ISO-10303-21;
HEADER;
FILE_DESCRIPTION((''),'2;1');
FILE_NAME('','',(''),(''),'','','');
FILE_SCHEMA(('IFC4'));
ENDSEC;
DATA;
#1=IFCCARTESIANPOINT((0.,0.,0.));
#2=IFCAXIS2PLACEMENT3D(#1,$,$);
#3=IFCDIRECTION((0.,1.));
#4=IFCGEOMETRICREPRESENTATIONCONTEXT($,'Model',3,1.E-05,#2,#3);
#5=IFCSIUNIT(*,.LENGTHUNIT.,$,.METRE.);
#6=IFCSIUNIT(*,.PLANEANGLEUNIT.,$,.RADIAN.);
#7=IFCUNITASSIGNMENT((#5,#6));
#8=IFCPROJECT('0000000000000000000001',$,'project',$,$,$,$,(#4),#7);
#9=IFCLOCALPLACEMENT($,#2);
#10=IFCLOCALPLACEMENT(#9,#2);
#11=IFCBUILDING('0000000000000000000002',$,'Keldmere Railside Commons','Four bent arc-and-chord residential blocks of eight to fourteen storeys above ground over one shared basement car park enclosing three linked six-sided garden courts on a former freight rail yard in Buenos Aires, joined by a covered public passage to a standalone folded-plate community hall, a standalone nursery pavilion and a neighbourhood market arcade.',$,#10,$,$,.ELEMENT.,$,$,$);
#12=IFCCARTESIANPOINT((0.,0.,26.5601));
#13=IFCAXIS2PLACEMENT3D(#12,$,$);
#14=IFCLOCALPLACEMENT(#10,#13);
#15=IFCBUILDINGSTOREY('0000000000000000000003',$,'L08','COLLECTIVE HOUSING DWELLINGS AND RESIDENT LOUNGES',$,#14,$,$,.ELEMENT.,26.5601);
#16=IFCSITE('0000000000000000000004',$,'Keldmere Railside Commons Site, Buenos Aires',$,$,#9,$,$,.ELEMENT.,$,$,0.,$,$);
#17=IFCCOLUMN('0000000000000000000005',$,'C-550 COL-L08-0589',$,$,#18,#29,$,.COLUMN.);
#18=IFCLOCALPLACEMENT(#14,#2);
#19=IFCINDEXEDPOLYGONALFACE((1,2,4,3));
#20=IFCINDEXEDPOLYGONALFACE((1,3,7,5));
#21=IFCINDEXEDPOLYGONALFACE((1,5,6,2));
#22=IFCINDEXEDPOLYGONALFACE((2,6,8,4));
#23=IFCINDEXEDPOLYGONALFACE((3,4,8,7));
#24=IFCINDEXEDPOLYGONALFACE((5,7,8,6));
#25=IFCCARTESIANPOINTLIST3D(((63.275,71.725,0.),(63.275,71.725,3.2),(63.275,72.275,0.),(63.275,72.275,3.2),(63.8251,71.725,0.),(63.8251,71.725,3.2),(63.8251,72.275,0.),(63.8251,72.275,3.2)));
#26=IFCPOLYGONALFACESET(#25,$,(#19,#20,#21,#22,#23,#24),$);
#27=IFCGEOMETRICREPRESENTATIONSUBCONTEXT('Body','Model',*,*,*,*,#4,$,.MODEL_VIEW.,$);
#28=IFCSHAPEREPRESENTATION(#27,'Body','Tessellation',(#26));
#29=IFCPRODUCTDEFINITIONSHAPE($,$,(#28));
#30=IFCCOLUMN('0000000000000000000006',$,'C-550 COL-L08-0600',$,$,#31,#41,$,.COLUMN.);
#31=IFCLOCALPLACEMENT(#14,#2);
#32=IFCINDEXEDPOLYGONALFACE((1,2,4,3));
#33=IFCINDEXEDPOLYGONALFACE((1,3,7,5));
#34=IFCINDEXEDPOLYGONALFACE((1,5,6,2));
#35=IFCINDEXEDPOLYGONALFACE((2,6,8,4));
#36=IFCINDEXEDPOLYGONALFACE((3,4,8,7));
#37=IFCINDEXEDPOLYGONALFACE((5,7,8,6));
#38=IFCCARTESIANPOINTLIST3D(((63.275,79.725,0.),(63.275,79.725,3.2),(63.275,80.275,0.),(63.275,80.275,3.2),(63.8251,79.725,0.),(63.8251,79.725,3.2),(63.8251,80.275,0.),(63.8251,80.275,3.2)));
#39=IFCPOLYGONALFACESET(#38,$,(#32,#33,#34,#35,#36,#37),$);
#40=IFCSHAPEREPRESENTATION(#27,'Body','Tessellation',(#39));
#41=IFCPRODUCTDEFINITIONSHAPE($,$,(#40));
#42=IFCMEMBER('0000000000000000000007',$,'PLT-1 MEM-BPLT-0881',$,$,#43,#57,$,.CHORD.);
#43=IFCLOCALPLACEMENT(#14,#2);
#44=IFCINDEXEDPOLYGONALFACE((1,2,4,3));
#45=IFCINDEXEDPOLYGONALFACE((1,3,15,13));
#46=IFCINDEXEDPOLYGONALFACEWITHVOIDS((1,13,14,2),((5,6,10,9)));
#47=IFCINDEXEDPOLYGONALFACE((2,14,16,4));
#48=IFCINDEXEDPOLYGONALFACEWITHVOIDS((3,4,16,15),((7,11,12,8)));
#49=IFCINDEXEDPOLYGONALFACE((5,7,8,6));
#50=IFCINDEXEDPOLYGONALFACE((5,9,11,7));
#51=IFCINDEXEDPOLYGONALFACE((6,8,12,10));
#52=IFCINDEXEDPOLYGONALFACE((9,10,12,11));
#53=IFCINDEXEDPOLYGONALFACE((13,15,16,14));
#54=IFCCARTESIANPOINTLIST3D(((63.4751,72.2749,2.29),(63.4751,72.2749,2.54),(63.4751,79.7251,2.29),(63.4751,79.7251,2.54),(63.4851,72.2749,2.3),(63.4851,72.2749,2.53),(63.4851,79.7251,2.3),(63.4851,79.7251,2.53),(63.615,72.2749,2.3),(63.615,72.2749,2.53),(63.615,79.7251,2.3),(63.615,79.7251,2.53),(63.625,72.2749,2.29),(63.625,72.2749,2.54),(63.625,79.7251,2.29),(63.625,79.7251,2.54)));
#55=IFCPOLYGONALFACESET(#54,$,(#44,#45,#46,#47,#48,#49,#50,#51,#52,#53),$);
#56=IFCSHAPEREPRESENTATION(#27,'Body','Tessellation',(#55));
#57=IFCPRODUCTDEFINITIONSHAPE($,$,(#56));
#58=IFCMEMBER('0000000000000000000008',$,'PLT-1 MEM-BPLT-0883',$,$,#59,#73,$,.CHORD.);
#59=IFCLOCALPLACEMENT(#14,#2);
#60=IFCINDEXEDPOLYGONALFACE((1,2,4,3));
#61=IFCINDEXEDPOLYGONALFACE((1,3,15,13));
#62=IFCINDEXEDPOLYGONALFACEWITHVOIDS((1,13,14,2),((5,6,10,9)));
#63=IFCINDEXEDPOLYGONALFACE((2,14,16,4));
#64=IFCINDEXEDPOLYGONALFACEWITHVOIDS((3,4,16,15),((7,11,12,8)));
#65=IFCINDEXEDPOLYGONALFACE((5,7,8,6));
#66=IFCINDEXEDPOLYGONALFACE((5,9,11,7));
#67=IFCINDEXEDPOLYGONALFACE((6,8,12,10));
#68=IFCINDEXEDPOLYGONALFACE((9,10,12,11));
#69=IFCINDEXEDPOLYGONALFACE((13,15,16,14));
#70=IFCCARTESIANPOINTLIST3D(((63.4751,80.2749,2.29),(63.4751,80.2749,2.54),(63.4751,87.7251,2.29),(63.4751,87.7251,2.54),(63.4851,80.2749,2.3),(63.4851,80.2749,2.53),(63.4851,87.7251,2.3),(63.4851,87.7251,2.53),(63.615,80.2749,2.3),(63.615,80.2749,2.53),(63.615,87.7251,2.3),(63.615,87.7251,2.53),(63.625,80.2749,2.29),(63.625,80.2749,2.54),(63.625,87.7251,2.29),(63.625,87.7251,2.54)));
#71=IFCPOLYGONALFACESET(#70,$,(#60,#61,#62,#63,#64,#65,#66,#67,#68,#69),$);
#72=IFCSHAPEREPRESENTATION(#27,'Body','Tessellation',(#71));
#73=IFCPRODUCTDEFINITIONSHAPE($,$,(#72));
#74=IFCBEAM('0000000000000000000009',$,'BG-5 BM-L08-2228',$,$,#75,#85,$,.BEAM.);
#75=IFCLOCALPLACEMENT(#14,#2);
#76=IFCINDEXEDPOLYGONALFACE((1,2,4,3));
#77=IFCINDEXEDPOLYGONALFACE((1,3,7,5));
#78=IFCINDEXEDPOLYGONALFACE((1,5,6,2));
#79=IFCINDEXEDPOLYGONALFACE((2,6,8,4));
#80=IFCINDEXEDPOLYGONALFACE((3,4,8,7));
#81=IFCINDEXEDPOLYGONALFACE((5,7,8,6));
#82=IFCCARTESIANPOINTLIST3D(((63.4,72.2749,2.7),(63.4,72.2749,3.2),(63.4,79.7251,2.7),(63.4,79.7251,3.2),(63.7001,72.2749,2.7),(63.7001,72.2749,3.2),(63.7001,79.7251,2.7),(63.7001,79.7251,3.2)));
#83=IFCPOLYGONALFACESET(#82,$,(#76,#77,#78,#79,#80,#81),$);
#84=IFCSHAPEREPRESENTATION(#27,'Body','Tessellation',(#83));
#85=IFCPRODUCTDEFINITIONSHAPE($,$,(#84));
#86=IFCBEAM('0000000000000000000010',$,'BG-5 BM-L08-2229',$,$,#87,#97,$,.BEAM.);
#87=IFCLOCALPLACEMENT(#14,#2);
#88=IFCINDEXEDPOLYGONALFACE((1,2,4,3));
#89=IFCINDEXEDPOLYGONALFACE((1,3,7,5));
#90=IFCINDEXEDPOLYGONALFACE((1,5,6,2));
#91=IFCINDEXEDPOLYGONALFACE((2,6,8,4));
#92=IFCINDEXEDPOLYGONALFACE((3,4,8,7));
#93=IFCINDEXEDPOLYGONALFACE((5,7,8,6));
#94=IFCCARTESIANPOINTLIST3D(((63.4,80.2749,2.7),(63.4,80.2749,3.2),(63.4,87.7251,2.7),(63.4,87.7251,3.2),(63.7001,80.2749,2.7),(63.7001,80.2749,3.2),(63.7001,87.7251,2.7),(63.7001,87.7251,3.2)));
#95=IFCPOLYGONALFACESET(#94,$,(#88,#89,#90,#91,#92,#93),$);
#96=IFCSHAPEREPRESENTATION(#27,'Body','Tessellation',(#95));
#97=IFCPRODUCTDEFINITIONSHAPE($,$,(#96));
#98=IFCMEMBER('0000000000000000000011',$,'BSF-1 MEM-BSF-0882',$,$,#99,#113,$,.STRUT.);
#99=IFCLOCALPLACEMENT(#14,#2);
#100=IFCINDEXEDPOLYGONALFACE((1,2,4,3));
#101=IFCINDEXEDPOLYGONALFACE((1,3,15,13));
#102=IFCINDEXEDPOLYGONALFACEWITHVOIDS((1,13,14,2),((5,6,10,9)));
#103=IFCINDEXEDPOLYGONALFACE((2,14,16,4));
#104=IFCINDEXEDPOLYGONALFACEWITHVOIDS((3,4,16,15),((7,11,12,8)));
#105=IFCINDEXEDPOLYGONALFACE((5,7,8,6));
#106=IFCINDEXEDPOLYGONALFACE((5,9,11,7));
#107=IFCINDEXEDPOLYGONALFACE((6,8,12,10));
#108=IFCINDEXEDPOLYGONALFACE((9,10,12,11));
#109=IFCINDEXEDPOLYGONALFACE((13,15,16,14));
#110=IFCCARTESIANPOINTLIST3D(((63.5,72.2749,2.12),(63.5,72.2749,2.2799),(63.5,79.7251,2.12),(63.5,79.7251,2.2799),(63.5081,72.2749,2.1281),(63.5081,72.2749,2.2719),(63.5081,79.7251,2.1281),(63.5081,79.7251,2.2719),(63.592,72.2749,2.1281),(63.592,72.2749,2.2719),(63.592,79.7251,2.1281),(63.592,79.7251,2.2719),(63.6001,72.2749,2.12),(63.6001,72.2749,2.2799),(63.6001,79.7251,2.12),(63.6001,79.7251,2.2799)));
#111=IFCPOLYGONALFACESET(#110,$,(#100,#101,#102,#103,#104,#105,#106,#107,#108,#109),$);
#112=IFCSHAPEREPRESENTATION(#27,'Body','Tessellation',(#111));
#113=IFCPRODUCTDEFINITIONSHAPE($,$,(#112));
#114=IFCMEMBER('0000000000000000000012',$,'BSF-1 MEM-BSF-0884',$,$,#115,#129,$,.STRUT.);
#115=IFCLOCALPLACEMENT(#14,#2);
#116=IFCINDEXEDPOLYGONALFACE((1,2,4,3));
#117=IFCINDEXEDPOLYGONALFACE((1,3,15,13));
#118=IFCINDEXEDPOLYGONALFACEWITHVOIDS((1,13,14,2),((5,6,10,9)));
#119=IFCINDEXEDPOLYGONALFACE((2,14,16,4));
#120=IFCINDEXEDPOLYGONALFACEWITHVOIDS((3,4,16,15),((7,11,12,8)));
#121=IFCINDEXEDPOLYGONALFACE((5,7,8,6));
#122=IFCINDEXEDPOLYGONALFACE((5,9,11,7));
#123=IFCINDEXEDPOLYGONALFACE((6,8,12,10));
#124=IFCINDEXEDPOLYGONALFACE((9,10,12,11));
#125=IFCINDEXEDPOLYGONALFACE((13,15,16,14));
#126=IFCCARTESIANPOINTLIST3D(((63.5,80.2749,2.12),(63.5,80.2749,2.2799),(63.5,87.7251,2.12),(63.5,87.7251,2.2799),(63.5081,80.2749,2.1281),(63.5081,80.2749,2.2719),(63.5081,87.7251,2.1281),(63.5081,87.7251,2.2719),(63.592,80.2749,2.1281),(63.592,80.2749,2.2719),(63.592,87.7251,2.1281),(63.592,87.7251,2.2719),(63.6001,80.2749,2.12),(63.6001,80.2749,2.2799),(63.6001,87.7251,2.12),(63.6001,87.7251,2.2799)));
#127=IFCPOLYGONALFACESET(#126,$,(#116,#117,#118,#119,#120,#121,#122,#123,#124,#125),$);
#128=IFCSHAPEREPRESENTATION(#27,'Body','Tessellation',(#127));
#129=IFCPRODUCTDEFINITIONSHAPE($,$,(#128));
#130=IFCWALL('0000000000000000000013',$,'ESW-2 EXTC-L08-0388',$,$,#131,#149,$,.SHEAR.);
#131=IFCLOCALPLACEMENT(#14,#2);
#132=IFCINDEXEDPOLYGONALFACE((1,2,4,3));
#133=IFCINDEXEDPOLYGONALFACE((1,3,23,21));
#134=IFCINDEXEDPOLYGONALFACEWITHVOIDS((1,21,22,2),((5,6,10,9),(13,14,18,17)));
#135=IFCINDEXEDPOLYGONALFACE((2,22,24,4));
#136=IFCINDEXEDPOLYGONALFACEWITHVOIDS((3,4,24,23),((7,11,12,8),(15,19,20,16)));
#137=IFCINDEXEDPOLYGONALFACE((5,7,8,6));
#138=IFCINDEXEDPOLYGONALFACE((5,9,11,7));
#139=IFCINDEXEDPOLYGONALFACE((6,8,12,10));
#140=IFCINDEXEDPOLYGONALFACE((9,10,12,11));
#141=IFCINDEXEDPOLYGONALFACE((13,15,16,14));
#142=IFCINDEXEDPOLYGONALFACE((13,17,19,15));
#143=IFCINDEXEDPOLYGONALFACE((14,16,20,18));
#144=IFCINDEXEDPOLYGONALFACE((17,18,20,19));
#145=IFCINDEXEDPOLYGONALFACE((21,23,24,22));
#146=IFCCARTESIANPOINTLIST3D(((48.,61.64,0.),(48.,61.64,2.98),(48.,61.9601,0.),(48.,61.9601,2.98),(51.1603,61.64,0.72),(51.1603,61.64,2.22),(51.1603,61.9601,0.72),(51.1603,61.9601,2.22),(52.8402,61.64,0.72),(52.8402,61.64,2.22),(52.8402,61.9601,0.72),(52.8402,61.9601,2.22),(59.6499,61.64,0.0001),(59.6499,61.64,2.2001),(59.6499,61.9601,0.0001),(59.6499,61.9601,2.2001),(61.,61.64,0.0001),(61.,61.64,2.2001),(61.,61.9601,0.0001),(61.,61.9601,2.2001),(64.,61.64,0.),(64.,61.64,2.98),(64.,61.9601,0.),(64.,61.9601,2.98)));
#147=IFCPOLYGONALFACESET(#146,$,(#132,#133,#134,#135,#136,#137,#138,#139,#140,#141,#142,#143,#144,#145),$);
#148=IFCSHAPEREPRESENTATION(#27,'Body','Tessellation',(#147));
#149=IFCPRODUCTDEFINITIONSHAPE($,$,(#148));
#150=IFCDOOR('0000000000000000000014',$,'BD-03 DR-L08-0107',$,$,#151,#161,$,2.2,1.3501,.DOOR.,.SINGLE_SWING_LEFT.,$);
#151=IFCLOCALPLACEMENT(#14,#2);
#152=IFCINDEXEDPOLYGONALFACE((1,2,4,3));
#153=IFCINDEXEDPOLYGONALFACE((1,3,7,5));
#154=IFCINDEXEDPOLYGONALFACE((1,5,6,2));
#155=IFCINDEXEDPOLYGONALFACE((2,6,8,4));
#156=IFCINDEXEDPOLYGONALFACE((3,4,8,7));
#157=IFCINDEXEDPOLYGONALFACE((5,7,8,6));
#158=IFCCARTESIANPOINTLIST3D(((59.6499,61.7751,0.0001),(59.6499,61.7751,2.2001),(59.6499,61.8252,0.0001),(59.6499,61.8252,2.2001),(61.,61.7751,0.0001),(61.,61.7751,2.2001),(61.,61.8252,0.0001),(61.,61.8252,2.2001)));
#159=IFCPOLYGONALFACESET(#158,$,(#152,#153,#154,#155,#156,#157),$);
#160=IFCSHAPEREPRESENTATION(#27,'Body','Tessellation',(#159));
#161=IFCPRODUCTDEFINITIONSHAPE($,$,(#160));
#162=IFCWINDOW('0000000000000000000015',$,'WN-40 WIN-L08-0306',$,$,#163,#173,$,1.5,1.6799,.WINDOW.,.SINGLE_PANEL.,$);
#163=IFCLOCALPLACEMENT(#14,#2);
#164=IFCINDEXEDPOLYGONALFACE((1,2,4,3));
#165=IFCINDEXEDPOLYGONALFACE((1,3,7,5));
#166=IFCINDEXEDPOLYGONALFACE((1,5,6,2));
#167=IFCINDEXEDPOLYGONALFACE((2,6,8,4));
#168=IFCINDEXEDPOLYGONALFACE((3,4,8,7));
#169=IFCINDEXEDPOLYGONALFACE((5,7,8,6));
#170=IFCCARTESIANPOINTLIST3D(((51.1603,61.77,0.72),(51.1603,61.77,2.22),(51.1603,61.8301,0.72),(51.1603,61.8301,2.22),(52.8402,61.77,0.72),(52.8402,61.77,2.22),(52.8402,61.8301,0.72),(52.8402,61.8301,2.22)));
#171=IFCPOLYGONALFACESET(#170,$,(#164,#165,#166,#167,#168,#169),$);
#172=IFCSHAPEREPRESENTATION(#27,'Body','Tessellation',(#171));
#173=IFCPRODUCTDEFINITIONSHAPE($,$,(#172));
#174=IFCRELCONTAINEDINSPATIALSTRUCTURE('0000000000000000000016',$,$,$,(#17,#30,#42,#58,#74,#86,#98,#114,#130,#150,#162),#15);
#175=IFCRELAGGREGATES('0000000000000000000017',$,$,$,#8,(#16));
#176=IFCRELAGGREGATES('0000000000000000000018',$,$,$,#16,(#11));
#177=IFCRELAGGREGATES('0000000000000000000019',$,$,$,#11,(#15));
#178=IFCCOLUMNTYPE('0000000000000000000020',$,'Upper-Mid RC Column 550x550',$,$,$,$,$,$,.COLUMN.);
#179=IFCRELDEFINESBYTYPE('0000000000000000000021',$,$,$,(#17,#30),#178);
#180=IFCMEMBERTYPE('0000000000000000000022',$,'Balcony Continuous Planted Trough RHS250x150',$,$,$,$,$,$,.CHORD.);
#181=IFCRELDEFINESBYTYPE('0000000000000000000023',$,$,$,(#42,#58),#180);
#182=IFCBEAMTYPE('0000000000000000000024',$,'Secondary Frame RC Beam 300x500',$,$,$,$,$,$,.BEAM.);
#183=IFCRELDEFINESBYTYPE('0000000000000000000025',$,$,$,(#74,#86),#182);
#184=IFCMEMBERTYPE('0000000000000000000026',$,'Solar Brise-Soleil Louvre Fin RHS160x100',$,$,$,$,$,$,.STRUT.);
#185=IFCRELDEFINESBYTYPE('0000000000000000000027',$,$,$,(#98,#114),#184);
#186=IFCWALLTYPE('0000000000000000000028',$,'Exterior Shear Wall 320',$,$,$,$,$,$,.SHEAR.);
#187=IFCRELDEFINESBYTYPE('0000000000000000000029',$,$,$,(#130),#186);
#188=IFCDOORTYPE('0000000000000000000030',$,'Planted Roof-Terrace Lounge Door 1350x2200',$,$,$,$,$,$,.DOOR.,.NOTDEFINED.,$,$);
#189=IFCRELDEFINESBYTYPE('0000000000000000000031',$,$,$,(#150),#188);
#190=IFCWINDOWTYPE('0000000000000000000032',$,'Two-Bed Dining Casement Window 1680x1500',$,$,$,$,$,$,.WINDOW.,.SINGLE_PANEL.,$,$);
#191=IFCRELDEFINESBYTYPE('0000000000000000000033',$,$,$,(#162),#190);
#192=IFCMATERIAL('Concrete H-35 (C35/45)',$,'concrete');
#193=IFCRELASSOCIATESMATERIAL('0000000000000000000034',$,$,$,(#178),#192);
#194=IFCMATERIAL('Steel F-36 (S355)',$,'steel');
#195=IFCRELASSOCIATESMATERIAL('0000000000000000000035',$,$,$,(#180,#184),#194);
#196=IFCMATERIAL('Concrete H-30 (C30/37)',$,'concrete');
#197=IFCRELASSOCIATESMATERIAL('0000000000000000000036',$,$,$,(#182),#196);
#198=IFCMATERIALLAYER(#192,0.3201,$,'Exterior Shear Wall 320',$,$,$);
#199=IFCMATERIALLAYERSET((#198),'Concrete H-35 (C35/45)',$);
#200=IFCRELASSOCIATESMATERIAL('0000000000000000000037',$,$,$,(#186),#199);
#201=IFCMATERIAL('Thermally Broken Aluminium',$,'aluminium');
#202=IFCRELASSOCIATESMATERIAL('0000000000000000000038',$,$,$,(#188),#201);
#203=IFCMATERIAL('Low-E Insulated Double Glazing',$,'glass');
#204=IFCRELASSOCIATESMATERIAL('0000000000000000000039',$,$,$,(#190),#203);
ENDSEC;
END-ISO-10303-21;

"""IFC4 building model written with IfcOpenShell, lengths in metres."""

from ifc_helpers import new_model, si_unit, direction, frame, frame_2d, origin, origin_2d, place, context, subcontext, project, spatial, rectangle, hollow_rectangle, extrude, material, layer, layer_set, material_profile, profile_set, type_object, element, fill, save


model = new_model("IFC4")

# Units and contexts
model_context = context("Model", 3, precision=1e-05, world=origin(), true_north=direction((0.0, 1.0)))
body_context = subcontext(model_context, "Body", "Model", "MODEL_VIEW")
ifc_project = project(units=[si_unit("LENGTHUNIT", "METRE"), si_unit("PLANEANGLEUNIT", "RADIAN")], contexts=[model_context])

# Site, building, storey
site_placement = place(None, origin())
site = spatial("IfcSite", under=ifc_project, at=site_placement, Name="Keldmere Railside Commons Site, Buenos Aires", CompositionType="ELEMENT", RefElevation=0.0)
building_placement = place(site_placement, origin())
building = spatial("IfcBuilding", under=site, at=building_placement, Name="Keldmere Railside Commons", Description="Four bent arc-and-chord residential blocks of eight to fourteen storeys above ground over one shared basement car park enclosing three linked six-sided garden courts on a former freight rail yard in Buenos Aires, joined by a covered public passage to a standalone folded-plate community hall, a standalone nursery pavilion and a neighbourhood market arcade.", CompositionType="ELEMENT")
storey_placement = place(building_placement, frame((0.0, 0.0, 26.5601)))
storey = spatial("IfcBuildingStorey", under=building, at=storey_placement, Name="L08", Description="COLLECTIVE HOUSING DWELLINGS AND RESIDENT LOUNGES", CompositionType="ELEMENT", Elevation=26.5601)

# Columns
ifc_material_1 = material(Name="Concrete H-35 (C35/45)", Category="concrete")
ifc_material_profile_1 = material_profile(ifc_material_1, rectangle(XDim=0.55, YDim=0.55, at=origin_2d()), Name="RC-550x550")
ifc_profile_set_1 = profile_set([ifc_material_profile_1], Name="Concrete H-35 (C35/45)")
column_type = type_object("IfcColumnType", Name="Upper-Mid RC Column 550x550", PredefinedType="COLUMN", material=ifc_profile_set_1)
for number, where, z_axis, x_axis, name in (
    (1, (63.55, 72.0, 0.0), (0.0, 0.0, 1.0), (1.0, 0.0, 0.0), "C-550 COL-L08-0589"),
    (2, (63.55, 80.0, 0.0), (0.0, 0.0, 1.0), (1.0, 0.0, 0.0), "C-550 COL-L08-0600"),
):
    element("IfcColumn", number, at=place(storey_placement, frame(where, z_axis=z_axis, x_axis=x_axis)), inside=storey, type_object=column_type, Name=name, PredefinedType="COLUMN", context=body_context, shape_type="SweptSolid", body=[
        extrude(rectangle(XDim=0.55, YDim=0.55, at=origin_2d()), origin(), (0.0, 0.0, 1.0), 3.2),
    ])

# Members
ifc_material_2 = material(Name="Steel F-36 (S355)", Category="steel")
ifc_material_profile_2 = material_profile(ifc_material_2, hollow_rectangle(XDim=0.1499, YDim=0.25, WallThickness=0.01, at=origin_2d()), Name="RHS-250x150x10")
ifc_profile_set_2 = profile_set([ifc_material_profile_2], Name="Steel F-36 (S355)")
member_type_1 = type_object("IfcMemberType", Name="Balcony Continuous Planted Trough RHS250x150", PredefinedType="CHORD", material=ifc_profile_set_2)
for number, where, z_axis, x_axis, name in (
    (3, (63.55, 72.2749, 2.415), (0.0, 1.0, 0.0), (-1.0, 0.0, 0.0), "PLT-1 MEM-BPLT-0881"),
    (4, (63.55, 80.2749, 2.415), (0.0, 1.0, 0.0), (-1.0, 0.0, 0.0), "PLT-1 MEM-BPLT-0883"),
):
    element("IfcMember", number, at=place(storey_placement, frame(where, z_axis=z_axis, x_axis=x_axis)), inside=storey, type_object=member_type_1, Name=name, PredefinedType="CHORD", context=body_context, shape_type="SweptSolid", body=[
        extrude(hollow_rectangle(XDim=0.1499, YDim=0.25, WallThickness=0.01, at=origin_2d()), origin(), (0.0, 0.0, 1.0), 7.4502),
    ])

# Beams
ifc_material_3 = material(Name="Concrete H-30 (C30/37)", Category="concrete")
ifc_material_profile_3 = material_profile(ifc_material_3, rectangle(XDim=0.3, YDim=0.5, at=origin_2d()), Name="RC-300x500")
ifc_profile_set_3 = profile_set([ifc_material_profile_3], Name="Concrete H-30 (C30/37)")
beam_type = type_object("IfcBeamType", Name="Secondary Frame RC Beam 300x500", PredefinedType="BEAM", material=ifc_profile_set_3)
for number, where, z_axis, x_axis, name in (
    (5, (63.55, 72.2749, 2.95), (0.0, 1.0, 0.0), (-1.0, 0.0, 0.0), "BG-5 BM-L08-2228"),
    (6, (63.55, 80.2749, 2.95), (0.0, 1.0, 0.0), (-1.0, 0.0, 0.0), "BG-5 BM-L08-2229"),
):
    element("IfcBeam", number, at=place(storey_placement, frame(where, z_axis=z_axis, x_axis=x_axis)), inside=storey, type_object=beam_type, Name=name, PredefinedType="BEAM", context=body_context, shape_type="SweptSolid", body=[
        extrude(rectangle(XDim=0.3, YDim=0.5, at=origin_2d()), origin(), (0.0, 0.0, 1.0), 7.4502),
    ])

# Members
ifc_material_profile_4 = material_profile(ifc_material_2, hollow_rectangle(XDim=0.1001, YDim=0.1599, WallThickness=0.0081, at=origin_2d()), Name="RHS-160x100x8")
ifc_profile_set_4 = profile_set([ifc_material_profile_4], Name="Steel F-36 (S355)")
member_type_2 = type_object("IfcMemberType", Name="Solar Brise-Soleil Louvre Fin RHS160x100", PredefinedType="STRUT", material=ifc_profile_set_4)
for number, where, z_axis, x_axis, name in (
    (7, (63.55, 72.2749, 2.2), (0.0, 1.0, 0.0), (-1.0, 0.0, 0.0), "BSF-1 MEM-BSF-0882"),
    (8, (63.55, 80.2749, 2.2), (0.0, 1.0, 0.0), (-1.0, 0.0, 0.0), "BSF-1 MEM-BSF-0884"),
):
    element("IfcMember", number, at=place(storey_placement, frame(where, z_axis=z_axis, x_axis=x_axis)), inside=storey, type_object=member_type_2, Name=name, PredefinedType="STRUT", context=body_context, shape_type="SweptSolid", body=[
        extrude(hollow_rectangle(XDim=0.1001, YDim=0.1599, WallThickness=0.0081, at=origin_2d()), origin(), (0.0, 0.0, 1.0), 7.4502),
    ])

# Wall, openings, door, window
ifc_layer = layer(ifc_material_1, 0.3201, Name="Exterior Shear Wall 320")
ifc_layer_set = layer_set([ifc_layer], Name="Concrete H-35 (C35/45)")
wall_type = type_object("IfcWallType", Name="Exterior Shear Wall 320", PredefinedType="SHEAR", material=ifc_layer_set)
wall_placement = place(storey_placement, frame((64.0, 61.8, 0.0), z_axis=(0.0, 0.0, 1.0), x_axis=(-1.0, 0.0, 0.0)))
wall = element("IfcWall", 9, at=wall_placement, inside=storey, type_object=wall_type, Name="ESW-2 EXTC-L08-0388", PredefinedType="SHEAR", context=body_context, shape_type="SweptSolid", body=[
    extrude(rectangle(XDim=16.0, YDim=0.3201, at=frame_2d((8.0, 0.0))), origin(), (0.0, 0.0, 1.0), 2.98),
])
opening_1_placement = place(wall_placement, frame((3.0, 0.0, 0.0)))
opening_1 = element("IfcOpeningElement", 10, at=opening_1_placement, cuts=wall, PredefinedType="OPENING", context=body_context, shape_type="SweptSolid", body=[
    extrude(rectangle(XDim=1.3501, YDim=2.2, at=frame_2d((0.675, 1.1001))), frame((0.0, 0.1699, 0.0), z_axis=(0.0, -1.0, 0.0), x_axis=(1.0, 0.0, 0.0)), (0.0, 0.0, 1.0), 0.3401),
])
opening_2_placement = place(wall_placement, frame((11.1599, 0.0, 0.72)))
opening_2 = element("IfcOpeningElement", 11, at=opening_2_placement, cuts=wall, PredefinedType="OPENING", context=body_context, shape_type="SweptSolid", body=[
    extrude(rectangle(XDim=1.6799, YDim=1.5, at=frame_2d((0.8398, 0.75))), frame((0.0, 0.1699, 0.0), z_axis=(0.0, -1.0, 0.0), x_axis=(1.0, 0.0, 0.0)), (0.0, 0.0, 1.0), 0.3401),
])
ifc_material_4 = material(Name="Thermally Broken Aluminium", Category="aluminium")
door_type = type_object("IfcDoorType", Name="Planted Roof-Terrace Lounge Door 1350x2200", OperationType="NOTDEFINED", PredefinedType="DOOR", material=ifc_material_4)
door_placement = place(opening_1_placement, origin())
door = element("IfcDoor", 12, at=door_placement, inside=storey, type_object=door_type, Name="BD-03 DR-L08-0107", OperationType="SINGLE_SWING_LEFT", OverallHeight=2.2, OverallWidth=1.3501, PredefinedType="DOOR", context=body_context, shape_type="SweptSolid", body=[
    extrude(rectangle(XDim=1.3501, YDim=2.2, at=frame_2d((0.675, 1.1001))), frame((0.0, 0.0249, 0.0), z_axis=(0.0, -1.0, 0.0), x_axis=(1.0, 0.0, 0.0)), (0.0, 0.0, 1.0), 0.05),
])
fill(opening_1, door)
ifc_material_5 = material(Name="Low-E Insulated Double Glazing", Category="glass")
window_type = type_object("IfcWindowType", Name="Two-Bed Dining Casement Window 1680x1500", PartitioningType="SINGLE_PANEL", PredefinedType="WINDOW", material=ifc_material_5)
window_placement = place(opening_2_placement, origin())
window = element("IfcWindow", 13, at=window_placement, inside=storey, type_object=window_type, Name="WN-40 WIN-L08-0306", OverallHeight=1.5, OverallWidth=1.6799, PartitioningType="SINGLE_PANEL", PredefinedType="WINDOW", context=body_context, shape_type="SweptSolid", body=[
    extrude(rectangle(XDim=1.6799, YDim=1.5, at=frame_2d((0.8398, 0.75))), frame((0.0, 0.03, 0.0), z_axis=(0.0, -1.0, 0.0), x_axis=(1.0, 0.0, 0.0)), (0.0, 0.0, 1.0), 0.0601),
])
fill(opening_2, window)

save(model, "model.ifc")
